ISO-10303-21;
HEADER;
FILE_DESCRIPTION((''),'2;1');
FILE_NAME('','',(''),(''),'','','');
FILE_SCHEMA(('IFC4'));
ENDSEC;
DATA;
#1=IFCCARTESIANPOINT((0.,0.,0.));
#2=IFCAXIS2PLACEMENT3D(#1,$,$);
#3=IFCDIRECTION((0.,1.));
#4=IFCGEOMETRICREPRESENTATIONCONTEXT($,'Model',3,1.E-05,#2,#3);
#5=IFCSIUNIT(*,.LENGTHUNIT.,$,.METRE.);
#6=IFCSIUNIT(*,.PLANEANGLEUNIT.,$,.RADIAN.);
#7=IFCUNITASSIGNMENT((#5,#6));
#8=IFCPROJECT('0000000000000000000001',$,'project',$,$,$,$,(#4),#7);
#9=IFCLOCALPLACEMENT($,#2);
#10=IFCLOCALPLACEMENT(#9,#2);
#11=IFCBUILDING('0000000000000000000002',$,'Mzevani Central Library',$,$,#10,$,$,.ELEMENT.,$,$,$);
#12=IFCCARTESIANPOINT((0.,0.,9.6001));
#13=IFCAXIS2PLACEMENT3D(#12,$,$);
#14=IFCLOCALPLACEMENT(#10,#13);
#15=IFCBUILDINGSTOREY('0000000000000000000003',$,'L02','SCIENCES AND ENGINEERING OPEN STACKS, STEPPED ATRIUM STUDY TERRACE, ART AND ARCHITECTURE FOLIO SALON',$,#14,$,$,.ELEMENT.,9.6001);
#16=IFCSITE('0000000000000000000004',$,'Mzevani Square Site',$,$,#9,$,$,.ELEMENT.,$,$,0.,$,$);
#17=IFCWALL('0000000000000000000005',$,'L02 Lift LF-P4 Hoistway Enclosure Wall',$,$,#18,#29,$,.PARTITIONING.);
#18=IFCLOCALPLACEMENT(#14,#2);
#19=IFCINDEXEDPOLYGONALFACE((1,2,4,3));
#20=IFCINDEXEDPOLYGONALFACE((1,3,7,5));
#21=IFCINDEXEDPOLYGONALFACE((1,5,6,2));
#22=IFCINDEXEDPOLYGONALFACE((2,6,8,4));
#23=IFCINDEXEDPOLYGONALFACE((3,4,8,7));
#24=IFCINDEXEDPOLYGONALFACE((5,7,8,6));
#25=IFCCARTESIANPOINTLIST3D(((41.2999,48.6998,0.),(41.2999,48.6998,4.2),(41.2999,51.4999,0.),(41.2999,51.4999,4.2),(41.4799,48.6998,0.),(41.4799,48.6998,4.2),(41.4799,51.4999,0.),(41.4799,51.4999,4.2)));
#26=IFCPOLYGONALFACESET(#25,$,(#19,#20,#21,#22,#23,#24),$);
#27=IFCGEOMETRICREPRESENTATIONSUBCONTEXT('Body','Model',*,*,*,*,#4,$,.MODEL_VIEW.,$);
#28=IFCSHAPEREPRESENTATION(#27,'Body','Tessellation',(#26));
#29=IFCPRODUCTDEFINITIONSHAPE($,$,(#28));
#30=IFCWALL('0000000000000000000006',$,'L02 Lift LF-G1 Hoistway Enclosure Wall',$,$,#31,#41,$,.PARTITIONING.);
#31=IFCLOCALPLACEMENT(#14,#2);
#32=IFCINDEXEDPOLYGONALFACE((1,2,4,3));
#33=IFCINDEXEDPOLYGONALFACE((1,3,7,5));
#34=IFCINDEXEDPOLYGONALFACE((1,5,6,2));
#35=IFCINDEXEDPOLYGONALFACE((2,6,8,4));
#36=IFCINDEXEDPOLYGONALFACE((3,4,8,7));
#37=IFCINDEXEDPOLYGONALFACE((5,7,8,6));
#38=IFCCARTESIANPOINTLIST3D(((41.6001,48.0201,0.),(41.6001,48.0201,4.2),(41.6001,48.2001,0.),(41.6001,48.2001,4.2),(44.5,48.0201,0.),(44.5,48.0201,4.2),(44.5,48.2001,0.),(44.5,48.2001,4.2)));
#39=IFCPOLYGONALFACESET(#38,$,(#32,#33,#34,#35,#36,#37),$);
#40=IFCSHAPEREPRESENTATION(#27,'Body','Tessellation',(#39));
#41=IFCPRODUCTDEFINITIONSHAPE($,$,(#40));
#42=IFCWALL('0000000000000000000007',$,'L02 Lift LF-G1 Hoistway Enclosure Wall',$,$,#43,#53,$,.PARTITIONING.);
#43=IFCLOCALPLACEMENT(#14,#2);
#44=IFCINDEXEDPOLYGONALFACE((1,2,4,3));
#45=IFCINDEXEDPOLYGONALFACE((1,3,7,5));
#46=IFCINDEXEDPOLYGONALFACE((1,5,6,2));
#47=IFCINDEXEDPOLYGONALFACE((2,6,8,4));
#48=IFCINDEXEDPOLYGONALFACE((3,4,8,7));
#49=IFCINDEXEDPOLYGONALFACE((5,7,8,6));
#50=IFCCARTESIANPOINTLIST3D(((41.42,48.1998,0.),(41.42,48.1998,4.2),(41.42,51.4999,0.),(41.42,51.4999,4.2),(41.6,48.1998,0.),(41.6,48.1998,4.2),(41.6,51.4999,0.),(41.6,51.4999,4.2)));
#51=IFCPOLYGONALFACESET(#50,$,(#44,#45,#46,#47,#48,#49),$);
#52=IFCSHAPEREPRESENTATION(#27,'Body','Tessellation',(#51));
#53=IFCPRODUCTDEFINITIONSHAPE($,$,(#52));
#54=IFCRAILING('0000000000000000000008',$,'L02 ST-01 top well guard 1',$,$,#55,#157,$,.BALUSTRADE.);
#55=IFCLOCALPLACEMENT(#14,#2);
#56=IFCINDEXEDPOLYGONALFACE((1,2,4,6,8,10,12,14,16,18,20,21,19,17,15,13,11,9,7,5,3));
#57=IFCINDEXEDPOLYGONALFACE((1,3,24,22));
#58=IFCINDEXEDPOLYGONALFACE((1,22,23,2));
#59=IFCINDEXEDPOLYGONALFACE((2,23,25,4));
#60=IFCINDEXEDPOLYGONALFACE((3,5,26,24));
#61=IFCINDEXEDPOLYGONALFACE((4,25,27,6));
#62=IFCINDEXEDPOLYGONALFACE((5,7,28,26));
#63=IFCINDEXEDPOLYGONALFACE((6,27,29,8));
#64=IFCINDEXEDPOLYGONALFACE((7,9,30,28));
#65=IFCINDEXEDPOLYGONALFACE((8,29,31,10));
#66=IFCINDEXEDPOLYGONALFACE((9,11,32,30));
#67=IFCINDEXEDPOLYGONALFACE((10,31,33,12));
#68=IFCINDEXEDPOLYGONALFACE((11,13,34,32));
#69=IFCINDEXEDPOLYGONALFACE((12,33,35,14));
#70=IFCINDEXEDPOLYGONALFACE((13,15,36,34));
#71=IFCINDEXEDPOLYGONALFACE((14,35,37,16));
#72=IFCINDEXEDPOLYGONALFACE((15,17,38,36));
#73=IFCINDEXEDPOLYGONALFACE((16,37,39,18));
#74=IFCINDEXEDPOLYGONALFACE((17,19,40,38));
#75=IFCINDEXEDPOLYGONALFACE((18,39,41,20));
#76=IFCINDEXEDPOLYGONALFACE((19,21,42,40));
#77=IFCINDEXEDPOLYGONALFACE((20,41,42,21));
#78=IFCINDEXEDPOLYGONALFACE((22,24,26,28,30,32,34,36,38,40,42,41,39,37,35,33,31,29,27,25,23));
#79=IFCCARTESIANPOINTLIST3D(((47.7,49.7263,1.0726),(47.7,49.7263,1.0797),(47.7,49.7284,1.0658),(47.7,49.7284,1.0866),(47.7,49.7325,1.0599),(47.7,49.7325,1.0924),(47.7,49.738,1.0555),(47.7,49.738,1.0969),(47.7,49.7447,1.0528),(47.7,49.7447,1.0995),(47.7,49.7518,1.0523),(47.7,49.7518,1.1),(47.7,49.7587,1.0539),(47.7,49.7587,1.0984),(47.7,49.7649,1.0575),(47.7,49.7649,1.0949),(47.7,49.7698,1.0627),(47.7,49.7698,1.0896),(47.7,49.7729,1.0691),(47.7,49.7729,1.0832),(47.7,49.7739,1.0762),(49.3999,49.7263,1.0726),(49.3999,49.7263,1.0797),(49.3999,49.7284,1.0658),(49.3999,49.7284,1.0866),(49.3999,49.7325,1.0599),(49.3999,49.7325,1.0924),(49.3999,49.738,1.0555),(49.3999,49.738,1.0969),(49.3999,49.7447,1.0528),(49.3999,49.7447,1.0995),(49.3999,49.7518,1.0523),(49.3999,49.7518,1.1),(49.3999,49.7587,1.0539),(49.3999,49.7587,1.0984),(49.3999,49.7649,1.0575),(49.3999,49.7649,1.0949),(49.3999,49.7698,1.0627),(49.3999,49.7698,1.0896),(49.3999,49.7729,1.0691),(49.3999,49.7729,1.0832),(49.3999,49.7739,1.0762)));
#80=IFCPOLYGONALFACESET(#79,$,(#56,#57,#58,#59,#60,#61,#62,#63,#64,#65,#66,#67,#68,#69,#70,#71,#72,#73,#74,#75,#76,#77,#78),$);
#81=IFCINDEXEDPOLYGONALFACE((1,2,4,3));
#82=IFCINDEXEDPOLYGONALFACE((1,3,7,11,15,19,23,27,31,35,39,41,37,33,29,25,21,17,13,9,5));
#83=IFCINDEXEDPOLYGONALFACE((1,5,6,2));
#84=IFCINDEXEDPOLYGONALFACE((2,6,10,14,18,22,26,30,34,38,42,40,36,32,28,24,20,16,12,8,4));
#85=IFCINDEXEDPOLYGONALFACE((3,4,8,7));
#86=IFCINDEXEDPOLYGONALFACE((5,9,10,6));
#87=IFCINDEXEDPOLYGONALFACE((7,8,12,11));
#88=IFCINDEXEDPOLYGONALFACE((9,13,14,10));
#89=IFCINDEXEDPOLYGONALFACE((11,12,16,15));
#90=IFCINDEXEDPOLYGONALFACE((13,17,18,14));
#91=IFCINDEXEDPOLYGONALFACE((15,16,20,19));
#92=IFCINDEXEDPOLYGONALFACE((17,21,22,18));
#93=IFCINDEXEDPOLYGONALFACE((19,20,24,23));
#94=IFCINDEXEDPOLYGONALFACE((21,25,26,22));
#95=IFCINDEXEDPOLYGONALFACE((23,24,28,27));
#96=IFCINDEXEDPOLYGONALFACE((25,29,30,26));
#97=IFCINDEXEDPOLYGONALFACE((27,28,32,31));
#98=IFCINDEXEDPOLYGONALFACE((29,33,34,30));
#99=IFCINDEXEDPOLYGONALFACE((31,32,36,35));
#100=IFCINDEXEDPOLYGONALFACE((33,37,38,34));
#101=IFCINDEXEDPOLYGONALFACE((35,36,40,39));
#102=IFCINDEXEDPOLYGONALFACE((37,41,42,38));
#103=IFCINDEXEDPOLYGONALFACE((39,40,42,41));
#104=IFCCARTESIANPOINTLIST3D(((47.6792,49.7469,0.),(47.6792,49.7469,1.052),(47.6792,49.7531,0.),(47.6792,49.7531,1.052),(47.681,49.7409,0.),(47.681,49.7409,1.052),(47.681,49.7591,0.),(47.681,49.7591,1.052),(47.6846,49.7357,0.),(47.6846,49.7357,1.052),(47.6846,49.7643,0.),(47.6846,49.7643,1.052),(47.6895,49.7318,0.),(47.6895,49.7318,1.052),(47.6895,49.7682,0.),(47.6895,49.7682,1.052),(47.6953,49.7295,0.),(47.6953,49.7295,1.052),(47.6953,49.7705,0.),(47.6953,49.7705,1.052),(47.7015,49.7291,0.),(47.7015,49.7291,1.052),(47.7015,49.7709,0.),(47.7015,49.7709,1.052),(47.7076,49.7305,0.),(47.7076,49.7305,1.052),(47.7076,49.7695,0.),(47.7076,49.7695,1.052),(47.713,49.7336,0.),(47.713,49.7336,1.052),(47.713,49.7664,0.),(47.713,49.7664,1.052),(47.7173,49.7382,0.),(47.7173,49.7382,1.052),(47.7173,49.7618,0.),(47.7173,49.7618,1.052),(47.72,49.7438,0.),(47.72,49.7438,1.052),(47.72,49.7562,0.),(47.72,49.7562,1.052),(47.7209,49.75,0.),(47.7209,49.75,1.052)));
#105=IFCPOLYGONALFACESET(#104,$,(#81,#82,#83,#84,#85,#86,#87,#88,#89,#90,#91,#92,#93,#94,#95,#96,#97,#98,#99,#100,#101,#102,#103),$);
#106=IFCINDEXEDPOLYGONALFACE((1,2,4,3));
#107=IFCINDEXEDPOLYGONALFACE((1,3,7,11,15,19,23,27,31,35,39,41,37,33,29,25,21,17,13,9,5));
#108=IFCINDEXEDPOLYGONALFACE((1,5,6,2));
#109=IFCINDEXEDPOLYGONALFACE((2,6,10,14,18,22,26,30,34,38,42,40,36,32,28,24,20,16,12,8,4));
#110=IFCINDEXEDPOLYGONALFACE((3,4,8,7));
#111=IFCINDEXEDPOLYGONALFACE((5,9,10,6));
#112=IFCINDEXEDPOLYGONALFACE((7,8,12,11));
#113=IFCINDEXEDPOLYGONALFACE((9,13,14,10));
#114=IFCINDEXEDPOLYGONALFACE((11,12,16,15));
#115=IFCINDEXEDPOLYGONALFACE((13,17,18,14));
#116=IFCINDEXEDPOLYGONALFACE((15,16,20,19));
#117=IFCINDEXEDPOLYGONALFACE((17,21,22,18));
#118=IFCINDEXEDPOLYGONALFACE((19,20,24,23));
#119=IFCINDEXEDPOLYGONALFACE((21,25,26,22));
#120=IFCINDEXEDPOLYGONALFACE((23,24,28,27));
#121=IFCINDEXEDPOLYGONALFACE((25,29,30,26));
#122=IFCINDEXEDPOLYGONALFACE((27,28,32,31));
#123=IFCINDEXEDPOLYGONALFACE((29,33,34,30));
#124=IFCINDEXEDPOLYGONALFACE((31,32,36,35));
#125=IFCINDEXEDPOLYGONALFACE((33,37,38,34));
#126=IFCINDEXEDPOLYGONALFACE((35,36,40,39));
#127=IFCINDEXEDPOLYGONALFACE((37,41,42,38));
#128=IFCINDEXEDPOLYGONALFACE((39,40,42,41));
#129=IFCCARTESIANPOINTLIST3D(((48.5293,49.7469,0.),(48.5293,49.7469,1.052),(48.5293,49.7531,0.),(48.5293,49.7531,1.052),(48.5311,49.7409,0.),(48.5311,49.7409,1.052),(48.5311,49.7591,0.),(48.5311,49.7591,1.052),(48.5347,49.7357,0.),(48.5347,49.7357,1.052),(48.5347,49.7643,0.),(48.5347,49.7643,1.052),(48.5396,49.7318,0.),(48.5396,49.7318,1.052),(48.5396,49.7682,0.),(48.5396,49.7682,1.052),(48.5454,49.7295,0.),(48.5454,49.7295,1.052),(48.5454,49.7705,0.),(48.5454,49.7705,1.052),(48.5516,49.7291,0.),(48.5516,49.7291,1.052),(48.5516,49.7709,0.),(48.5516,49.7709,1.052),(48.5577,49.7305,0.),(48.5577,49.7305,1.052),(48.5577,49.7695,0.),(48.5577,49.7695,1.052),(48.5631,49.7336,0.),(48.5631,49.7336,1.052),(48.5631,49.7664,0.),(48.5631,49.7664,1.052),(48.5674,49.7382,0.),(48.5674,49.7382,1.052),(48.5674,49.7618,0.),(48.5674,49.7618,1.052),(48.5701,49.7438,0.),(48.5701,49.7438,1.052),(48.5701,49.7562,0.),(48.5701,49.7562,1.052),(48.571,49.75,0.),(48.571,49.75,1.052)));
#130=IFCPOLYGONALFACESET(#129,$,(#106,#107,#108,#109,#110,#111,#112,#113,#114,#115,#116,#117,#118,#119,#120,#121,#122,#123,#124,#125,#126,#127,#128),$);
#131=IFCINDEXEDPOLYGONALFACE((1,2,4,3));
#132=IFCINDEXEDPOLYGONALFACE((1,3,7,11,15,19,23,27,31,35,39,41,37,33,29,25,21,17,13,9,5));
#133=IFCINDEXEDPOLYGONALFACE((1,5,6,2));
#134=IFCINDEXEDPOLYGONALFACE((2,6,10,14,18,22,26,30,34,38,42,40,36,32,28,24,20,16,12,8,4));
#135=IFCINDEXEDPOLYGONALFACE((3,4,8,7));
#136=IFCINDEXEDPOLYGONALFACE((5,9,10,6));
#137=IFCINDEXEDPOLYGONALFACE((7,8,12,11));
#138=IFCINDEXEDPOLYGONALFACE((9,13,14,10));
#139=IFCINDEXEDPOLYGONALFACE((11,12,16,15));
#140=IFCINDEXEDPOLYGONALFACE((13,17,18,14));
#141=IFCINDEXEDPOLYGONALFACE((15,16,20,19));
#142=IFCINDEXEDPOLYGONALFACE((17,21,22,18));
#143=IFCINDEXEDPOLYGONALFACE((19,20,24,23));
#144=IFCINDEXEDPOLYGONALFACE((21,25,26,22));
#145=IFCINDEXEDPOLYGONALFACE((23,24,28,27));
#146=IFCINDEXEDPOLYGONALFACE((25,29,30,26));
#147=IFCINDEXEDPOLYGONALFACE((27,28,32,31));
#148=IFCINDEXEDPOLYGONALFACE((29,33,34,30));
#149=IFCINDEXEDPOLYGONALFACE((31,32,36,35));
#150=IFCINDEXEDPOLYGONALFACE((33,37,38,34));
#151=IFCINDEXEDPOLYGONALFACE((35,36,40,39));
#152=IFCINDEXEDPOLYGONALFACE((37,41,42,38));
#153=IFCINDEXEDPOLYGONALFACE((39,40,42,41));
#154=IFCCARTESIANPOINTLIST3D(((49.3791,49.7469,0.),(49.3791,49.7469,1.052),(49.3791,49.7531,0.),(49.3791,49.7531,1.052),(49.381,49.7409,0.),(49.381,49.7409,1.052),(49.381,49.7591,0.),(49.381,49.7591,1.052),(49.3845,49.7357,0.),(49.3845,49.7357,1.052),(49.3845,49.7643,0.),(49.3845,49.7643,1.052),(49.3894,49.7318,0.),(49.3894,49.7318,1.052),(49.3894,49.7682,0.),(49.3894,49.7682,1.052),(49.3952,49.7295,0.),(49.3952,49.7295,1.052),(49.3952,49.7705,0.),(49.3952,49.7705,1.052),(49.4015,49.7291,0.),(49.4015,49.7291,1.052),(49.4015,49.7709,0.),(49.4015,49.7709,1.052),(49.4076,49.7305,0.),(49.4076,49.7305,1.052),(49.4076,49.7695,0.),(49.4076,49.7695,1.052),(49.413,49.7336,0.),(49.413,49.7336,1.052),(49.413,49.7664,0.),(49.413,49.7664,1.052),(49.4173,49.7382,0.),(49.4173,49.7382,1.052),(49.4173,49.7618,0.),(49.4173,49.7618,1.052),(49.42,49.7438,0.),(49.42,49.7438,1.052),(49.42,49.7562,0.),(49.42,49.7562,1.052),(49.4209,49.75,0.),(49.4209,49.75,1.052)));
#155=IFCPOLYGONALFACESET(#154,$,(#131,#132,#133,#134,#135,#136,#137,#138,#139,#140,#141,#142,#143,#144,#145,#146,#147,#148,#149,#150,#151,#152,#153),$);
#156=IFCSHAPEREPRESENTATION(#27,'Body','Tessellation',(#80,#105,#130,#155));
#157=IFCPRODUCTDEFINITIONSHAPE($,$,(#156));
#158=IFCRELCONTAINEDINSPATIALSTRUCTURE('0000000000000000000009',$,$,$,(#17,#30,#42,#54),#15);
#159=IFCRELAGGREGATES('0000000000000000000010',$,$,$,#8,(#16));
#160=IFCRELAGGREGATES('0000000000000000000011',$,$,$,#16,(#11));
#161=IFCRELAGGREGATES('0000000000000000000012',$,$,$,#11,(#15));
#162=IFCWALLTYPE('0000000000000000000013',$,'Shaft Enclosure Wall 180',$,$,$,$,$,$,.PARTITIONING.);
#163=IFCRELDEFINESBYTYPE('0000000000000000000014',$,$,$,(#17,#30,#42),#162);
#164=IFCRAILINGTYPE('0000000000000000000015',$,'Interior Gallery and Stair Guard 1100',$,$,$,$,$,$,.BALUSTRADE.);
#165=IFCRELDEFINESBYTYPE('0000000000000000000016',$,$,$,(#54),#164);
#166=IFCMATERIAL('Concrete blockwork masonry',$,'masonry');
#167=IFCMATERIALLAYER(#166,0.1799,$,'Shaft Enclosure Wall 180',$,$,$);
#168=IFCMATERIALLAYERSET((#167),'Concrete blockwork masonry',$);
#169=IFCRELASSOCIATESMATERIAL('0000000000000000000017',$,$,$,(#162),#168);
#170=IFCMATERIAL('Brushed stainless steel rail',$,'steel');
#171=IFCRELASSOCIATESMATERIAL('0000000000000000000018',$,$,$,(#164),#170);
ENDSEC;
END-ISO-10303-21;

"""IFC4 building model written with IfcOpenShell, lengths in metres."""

from ifc_helpers import new_model, si_unit, direction, frame, frame_2d, origin, origin_2d, place, context, subcontext, project, spatial, rectangle, circle, extrude, material, layer, layer_set, type_object, element, save


model = new_model("IFC4")

# Units and contexts
model_context = context("Model", 3, precision=1e-05, world=origin(), true_north=direction((0.0, 1.0)))
body_context = subcontext(model_context, "Body", "Model", "MODEL_VIEW")
ifc_project = project(units=[si_unit("LENGTHUNIT", "METRE"), si_unit("PLANEANGLEUNIT", "RADIAN")], contexts=[model_context])

# Site, building, storey
site_placement = place(None, origin())
site = spatial("IfcSite", under=ifc_project, at=site_placement, Name="Mzevani Square Site", CompositionType="ELEMENT", RefElevation=0.0)
building_placement = place(site_placement, origin())
building = spatial("IfcBuilding", under=site, at=building_placement, Name="Mzevani Central Library", CompositionType="ELEMENT")
storey_placement = place(building_placement, frame((0.0, 0.0, 9.6001)))
storey = spatial("IfcBuildingStorey", under=building, at=storey_placement, Name="L02", Description="SCIENCES AND ENGINEERING OPEN STACKS, STEPPED ATRIUM STUDY TERRACE, ART AND ARCHITECTURE FOLIO SALON", CompositionType="ELEMENT", Elevation=9.6001)

# Walls
ifc_material_1 = material(Name="Concrete blockwork masonry", Category="masonry")
ifc_layer_1 = layer(ifc_material_1, 0.1799, Name="Shaft Enclosure Wall 180")
ifc_layer_set_1 = layer_set([ifc_layer_1], Name="Concrete blockwork masonry")
wall_type_1 = type_object("IfcWallType", Name="Shaft Enclosure Wall 180", PredefinedType="PARTITIONING", material=ifc_layer_set_1)
wall_1_placement = place(storey_placement, frame((41.3899, 48.7, 0.0), z_axis=(0.0, 0.0, 1.0), x_axis=(0.0, 1.0, 0.0)))
element("IfcWall", 1, at=wall_1_placement, inside=storey, type_object=wall_type_1, Name="L02 Lift LF-P4 Hoistway Enclosure Wall", PredefinedType="PARTITIONING", context=body_context, shape_type="SweptSolid", body=[
    extrude(rectangle(XDim=2.8, YDim=0.1799, at=frame_2d((1.3999, 0.0))), origin(), (0.0, 0.0, 1.0), 4.2),
])
wall_2_placement = place(storey_placement, frame((41.6001, 48.1101, 0.0), z_axis=(0.0, 0.0, 1.0), x_axis=(1.0, 0.0, 0.0)))
element("IfcWall", 2, at=wall_2_placement, inside=storey, type_object=wall_type_1, Name="L02 Lift LF-G1 Hoistway Enclosure Wall", PredefinedType="PARTITIONING", context=body_context, shape_type="SweptSolid", body=[
    extrude(rectangle(XDim=2.8999, YDim=0.1799, at=frame_2d((1.45, 0.0))), origin(), (0.0, 0.0, 1.0), 4.2),
])
wall_3_placement = place(storey_placement, frame((41.51, 48.2, 0.0), z_axis=(0.0, 0.0, 1.0), x_axis=(0.0, 1.0, 0.0)))
element("IfcWall", 3, at=wall_3_placement, inside=storey, type_object=wall_type_1, Name="L02 Lift LF-G1 Hoistway Enclosure Wall", PredefinedType="PARTITIONING", context=body_context, shape_type="SweptSolid", body=[
    extrude(rectangle(XDim=3.3, YDim=0.1799, at=frame_2d((1.6499, 0.0))), origin(), (0.0, 0.0, 1.0), 4.2),
])

# Railing
ifc_material_2 = material(Name="Brushed stainless steel rail", Category="steel")
railing_type = type_object("IfcRailingType", Name="Interior Gallery and Stair Guard 1100", PredefinedType="BALUSTRADE", material=ifc_material_2)
railing_placement = place(storey_placement, frame((47.7, 49.75, 0.0)))
element("IfcRailing", 4, at=railing_placement, inside=storey, type_object=railing_type, Name="L02 ST-01 top well guard 1", PredefinedType="BALUSTRADE", context=body_context, shape_type="SweptSolid", body=[
    extrude(circle(Radius=0.0239, at=origin_2d()), frame((0.0, 0.0, 1.0762), z_axis=(1.0, 0.0, 0.0), x_axis=(0.0, 1.0, 0.0)), (0.0, 0.0, 1.0), 1.7),
    extrude(circle(Radius=0.021, at=origin_2d()), origin(), (0.0, 0.0, 1.0), 1.052),
    extrude(circle(Radius=0.021, at=origin_2d()), frame((0.8501, 0.0, 0.0)), (0.0, 0.0, 1.0), 1.052),
    extrude(circle(Radius=0.021, at=origin_2d()), frame((1.7, 0.0, 0.0)), (0.0, 0.0, 1.0), 1.052),
])

save(model, "model.ifc")
